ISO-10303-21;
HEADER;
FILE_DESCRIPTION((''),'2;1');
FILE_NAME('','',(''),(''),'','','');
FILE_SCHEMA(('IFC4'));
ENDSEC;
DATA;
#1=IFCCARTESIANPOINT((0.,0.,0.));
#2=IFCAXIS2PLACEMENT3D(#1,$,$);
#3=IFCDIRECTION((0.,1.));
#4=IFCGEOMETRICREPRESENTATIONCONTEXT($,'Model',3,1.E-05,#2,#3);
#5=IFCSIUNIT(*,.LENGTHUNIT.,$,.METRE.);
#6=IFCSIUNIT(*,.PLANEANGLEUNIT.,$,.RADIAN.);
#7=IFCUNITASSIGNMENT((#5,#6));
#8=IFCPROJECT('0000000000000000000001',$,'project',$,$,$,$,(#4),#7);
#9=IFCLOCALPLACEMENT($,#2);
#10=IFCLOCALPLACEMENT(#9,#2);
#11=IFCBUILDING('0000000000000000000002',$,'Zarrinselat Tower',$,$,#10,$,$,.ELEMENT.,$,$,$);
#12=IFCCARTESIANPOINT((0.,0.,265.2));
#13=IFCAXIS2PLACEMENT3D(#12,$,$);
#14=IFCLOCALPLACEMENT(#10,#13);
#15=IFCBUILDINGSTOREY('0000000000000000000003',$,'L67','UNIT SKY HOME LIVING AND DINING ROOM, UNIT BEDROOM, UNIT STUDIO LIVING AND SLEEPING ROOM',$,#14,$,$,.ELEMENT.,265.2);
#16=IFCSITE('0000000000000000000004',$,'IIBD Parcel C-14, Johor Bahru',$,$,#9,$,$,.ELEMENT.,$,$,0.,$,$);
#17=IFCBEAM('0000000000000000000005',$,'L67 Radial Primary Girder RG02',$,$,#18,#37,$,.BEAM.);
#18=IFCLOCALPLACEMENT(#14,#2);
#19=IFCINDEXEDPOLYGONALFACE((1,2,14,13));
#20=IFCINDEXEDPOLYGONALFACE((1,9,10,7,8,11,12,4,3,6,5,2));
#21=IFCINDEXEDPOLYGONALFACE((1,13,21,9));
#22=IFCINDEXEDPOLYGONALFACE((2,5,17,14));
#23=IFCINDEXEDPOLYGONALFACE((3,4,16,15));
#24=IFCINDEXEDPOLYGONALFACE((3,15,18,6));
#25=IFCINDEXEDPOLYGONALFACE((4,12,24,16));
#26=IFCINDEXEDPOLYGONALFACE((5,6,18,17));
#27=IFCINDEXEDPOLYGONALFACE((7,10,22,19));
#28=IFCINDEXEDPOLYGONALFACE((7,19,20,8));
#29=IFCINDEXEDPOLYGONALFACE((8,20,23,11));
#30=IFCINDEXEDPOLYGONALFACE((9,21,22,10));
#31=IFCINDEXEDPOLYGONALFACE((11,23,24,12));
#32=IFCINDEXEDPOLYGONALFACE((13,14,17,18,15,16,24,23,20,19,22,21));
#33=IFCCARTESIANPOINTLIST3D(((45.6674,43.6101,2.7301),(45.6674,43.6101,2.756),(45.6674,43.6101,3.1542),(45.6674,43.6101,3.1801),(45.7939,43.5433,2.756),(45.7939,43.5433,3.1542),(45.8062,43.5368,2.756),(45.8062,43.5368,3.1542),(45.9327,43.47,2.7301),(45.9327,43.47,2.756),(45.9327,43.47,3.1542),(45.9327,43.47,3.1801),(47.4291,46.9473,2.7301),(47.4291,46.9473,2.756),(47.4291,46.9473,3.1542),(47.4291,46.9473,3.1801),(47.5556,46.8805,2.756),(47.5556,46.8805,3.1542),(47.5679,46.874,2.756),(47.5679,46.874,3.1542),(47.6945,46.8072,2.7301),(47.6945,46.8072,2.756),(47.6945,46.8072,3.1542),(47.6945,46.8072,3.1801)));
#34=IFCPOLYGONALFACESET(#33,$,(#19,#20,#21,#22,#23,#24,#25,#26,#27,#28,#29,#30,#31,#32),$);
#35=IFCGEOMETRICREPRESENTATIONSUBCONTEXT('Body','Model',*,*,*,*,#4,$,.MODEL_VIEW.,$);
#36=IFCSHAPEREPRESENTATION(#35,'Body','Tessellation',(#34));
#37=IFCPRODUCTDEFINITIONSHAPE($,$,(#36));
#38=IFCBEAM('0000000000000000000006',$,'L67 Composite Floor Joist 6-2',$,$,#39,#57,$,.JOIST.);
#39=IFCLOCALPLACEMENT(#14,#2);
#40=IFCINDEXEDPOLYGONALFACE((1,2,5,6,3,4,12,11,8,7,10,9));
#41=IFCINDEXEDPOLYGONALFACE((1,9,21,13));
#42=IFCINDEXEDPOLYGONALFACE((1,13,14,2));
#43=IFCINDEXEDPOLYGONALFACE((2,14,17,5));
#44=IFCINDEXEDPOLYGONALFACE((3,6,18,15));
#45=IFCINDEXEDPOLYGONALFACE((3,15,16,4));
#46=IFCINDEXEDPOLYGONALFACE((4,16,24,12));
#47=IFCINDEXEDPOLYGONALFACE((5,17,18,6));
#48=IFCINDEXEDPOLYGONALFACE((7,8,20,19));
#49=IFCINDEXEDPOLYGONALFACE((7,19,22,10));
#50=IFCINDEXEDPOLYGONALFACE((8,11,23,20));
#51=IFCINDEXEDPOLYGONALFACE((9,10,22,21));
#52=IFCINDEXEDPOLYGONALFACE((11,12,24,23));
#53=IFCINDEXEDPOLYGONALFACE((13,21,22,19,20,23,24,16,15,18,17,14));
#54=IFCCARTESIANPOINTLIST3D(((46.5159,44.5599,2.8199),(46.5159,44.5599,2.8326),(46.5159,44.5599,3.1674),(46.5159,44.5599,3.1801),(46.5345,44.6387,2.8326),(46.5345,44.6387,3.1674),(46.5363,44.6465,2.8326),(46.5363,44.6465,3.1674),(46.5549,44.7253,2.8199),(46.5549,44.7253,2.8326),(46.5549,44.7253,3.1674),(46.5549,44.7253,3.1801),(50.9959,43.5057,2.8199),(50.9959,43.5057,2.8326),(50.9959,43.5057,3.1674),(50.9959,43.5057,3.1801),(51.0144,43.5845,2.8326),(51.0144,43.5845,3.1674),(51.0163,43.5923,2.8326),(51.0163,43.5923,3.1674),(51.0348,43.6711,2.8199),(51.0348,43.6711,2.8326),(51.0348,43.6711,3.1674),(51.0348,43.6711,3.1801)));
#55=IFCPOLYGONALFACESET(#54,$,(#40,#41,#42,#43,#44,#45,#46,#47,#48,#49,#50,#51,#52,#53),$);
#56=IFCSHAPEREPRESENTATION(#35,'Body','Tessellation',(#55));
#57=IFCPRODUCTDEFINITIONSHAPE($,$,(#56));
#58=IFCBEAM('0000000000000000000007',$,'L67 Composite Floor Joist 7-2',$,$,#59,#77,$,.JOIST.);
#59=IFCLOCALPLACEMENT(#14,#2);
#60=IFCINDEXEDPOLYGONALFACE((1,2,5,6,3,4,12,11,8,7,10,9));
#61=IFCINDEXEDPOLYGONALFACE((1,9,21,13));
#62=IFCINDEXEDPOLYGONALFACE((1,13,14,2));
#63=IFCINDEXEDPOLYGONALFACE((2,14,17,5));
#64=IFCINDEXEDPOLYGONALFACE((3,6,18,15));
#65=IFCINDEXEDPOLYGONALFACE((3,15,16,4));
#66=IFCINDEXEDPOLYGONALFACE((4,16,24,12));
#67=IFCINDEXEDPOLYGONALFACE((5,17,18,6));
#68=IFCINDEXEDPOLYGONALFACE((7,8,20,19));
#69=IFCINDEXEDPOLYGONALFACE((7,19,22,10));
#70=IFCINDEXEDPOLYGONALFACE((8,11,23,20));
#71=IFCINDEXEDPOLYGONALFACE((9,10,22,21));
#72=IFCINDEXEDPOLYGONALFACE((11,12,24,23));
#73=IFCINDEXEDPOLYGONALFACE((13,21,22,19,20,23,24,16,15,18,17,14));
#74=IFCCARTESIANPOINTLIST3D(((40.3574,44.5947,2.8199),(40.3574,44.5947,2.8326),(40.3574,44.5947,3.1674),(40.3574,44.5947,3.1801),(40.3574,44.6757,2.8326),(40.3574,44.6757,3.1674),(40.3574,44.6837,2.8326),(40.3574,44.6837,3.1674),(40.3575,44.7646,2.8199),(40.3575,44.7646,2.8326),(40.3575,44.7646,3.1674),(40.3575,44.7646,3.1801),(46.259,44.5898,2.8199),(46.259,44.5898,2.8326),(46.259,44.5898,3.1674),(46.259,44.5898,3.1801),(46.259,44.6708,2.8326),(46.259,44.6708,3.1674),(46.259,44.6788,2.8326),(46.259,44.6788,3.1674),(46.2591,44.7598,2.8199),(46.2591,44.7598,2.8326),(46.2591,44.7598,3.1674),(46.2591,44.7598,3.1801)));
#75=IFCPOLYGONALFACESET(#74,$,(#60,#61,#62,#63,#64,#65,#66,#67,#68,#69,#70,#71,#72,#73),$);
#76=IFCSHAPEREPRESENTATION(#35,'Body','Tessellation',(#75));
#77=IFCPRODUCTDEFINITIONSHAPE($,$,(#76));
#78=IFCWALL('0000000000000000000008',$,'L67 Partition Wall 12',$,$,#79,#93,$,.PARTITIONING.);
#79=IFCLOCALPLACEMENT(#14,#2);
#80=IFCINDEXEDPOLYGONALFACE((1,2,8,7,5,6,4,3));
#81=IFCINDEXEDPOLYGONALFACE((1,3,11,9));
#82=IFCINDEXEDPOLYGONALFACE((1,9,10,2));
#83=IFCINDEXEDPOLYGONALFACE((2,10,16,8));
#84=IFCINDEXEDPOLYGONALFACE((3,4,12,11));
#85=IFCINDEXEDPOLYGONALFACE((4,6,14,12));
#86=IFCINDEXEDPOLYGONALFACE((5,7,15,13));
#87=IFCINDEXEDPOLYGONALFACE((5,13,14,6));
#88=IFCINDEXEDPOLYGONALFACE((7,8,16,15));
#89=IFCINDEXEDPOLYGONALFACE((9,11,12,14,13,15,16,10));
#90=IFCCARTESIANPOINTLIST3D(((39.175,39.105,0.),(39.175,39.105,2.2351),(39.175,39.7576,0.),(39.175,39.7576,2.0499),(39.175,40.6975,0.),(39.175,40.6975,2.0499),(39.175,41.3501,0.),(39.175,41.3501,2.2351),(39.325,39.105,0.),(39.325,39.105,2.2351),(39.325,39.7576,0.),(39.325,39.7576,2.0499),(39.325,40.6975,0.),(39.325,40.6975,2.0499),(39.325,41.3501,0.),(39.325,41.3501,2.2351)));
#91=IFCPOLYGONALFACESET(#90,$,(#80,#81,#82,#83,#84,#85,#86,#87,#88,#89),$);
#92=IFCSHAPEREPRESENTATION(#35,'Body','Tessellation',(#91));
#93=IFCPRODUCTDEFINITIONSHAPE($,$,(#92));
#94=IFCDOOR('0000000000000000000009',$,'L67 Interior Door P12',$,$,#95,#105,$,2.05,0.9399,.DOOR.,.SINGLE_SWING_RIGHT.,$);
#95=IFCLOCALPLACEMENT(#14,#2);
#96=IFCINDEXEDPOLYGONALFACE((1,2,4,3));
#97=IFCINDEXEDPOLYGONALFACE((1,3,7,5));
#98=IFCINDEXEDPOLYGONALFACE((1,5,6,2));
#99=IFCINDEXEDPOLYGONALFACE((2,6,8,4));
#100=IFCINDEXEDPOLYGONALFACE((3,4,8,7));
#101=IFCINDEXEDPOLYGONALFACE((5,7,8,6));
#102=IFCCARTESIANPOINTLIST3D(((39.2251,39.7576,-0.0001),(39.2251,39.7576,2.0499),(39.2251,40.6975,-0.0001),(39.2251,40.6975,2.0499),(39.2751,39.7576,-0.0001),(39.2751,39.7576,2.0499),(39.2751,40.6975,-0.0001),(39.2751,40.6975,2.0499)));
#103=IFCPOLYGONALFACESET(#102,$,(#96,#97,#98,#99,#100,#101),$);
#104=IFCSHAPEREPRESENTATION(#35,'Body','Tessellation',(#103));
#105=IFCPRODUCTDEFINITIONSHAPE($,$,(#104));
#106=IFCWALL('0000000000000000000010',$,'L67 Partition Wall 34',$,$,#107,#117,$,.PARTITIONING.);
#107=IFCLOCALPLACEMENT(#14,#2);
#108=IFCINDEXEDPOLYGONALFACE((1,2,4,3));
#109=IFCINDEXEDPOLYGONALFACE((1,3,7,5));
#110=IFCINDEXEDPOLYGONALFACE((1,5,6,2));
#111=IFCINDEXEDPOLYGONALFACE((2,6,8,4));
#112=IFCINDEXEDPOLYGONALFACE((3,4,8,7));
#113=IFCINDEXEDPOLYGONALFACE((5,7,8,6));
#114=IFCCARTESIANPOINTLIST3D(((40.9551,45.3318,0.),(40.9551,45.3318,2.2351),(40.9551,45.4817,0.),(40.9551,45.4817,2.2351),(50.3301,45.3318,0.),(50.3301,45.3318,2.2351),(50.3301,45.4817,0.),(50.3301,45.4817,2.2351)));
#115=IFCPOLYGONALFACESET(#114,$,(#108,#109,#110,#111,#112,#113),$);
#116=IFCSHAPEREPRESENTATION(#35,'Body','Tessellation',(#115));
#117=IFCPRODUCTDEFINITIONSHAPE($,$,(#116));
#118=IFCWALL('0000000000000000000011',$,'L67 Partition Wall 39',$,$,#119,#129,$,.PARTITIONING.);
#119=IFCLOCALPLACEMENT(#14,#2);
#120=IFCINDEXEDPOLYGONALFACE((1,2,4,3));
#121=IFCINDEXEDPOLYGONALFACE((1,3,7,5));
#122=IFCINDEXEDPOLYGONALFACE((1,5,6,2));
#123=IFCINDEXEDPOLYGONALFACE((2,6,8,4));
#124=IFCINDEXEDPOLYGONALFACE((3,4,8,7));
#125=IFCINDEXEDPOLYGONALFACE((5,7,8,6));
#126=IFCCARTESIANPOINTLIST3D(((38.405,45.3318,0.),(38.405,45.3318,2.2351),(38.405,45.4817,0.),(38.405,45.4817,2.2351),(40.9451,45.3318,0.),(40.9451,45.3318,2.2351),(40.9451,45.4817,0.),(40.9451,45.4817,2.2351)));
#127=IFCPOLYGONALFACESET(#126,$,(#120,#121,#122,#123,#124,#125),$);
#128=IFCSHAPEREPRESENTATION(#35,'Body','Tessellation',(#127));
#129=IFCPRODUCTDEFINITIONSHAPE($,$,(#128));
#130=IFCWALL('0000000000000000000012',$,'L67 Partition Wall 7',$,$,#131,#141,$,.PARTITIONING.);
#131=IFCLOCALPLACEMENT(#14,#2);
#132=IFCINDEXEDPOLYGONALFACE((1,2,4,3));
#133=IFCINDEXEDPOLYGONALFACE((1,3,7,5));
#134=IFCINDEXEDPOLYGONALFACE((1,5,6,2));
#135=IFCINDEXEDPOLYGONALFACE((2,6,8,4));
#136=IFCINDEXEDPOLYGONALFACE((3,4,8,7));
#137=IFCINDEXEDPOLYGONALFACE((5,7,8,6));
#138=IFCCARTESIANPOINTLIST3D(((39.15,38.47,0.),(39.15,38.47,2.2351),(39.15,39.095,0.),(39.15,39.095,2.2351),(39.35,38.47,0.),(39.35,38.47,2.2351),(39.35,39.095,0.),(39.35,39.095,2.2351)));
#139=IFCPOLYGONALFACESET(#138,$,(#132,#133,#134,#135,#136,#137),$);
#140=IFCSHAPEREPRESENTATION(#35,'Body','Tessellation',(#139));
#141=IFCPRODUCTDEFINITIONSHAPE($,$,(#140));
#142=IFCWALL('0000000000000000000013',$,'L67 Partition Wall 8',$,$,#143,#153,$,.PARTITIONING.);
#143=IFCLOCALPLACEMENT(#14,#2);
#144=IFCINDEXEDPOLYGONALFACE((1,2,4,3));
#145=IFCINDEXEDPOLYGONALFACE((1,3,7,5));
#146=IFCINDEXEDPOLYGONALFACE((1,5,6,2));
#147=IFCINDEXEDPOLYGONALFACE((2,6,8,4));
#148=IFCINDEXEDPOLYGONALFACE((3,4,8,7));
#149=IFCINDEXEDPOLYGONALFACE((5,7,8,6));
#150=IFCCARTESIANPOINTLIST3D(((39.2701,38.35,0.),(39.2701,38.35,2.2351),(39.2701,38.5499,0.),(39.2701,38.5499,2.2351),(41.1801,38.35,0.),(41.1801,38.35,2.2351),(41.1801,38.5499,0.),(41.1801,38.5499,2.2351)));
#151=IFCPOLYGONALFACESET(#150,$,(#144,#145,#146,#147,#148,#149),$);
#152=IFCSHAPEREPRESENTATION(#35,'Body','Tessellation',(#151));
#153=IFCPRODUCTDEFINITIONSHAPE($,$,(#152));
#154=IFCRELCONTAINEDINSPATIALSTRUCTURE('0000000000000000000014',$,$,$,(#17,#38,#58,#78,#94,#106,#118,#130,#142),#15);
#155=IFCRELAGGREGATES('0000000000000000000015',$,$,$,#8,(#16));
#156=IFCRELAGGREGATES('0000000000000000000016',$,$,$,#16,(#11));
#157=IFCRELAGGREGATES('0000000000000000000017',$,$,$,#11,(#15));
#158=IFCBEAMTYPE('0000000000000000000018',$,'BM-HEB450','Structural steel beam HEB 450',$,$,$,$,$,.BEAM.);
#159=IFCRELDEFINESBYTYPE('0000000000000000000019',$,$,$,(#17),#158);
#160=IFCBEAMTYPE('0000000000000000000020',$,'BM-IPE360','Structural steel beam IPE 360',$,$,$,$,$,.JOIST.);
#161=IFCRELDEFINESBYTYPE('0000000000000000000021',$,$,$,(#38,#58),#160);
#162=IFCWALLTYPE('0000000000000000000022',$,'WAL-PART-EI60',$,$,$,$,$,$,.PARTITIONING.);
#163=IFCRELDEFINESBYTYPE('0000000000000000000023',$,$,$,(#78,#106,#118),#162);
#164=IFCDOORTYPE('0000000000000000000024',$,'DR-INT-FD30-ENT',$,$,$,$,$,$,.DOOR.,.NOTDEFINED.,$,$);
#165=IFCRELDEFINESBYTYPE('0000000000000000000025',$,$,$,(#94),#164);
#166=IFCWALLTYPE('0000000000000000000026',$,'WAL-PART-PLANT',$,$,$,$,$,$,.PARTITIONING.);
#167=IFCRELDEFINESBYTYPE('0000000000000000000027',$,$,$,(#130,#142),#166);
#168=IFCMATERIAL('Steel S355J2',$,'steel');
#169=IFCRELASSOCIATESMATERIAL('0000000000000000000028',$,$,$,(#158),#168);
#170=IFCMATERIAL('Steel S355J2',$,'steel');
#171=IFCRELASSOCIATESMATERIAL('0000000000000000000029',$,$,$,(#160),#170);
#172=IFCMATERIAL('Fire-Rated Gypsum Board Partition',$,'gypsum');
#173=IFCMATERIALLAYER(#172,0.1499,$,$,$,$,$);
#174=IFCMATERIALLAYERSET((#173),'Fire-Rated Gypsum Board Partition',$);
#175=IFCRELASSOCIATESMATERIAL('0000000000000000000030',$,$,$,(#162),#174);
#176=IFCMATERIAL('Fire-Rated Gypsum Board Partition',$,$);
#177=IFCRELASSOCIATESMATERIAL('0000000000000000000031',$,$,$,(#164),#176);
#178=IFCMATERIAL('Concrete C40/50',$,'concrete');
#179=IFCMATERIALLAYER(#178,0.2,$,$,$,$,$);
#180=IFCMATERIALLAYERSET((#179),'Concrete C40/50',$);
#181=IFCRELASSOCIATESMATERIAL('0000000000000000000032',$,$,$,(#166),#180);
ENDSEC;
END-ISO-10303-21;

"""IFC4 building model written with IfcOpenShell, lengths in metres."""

from ifc_helpers import new_model, si_unit, direction, frame, frame_2d, origin, origin_2d, place, context, subcontext, project, spatial, rectangle, i_section, extrude, material, layer, layer_set, material_profile, profile_set, type_object, element, fill, save


model = new_model("IFC4")

# Units and contexts
model_context = context("Model", 3, precision=1e-05, world=origin(), true_north=direction((0.0, 1.0)))
body_context = subcontext(model_context, "Body", "Model", "MODEL_VIEW")
ifc_project = project(units=[si_unit("LENGTHUNIT", "METRE"), si_unit("PLANEANGLEUNIT", "RADIAN")], contexts=[model_context])

# Site, building, storey
site_placement = place(None, origin())
site = spatial("IfcSite", under=ifc_project, at=site_placement, Name="IIBD Parcel C-14, Johor Bahru", CompositionType="ELEMENT", RefElevation=0.0)
building_placement = place(site_placement, origin())
building = spatial("IfcBuilding", under=site, at=building_placement, Name="Zarrinselat Tower", CompositionType="ELEMENT")
storey_placement = place(building_placement, frame((0.0, 0.0, 265.2)))
storey = spatial("IfcBuildingStorey", under=building, at=storey_placement, Name="L67", Description="UNIT SKY HOME LIVING AND DINING ROOM, UNIT BEDROOM, UNIT STUDIO LIVING AND SLEEPING ROOM", CompositionType="ELEMENT", Elevation=265.2)

# Beams
ifc_material_1 = material(Name="Steel S355J2", Category="steel")
ifc_material_profile_1 = material_profile(ifc_material_1, i_section(OverallWidth=0.3, OverallDepth=0.45, WebThickness=0.0139, FlangeThickness=0.0259, at=origin_2d()), Name="HEB 450")
ifc_profile_set_1 = profile_set([ifc_material_profile_1], Name="Steel S355J2")
beam_type_1 = type_object("IfcBeamType", Name="BM-HEB450", Description="Structural steel beam HEB 450", PredefinedType="BEAM", material=ifc_profile_set_1)
beam_1_placement = place(storey_placement, frame((45.8, 43.54, 2.9551), z_axis=(0.46685, 0.884337, 0.0), x_axis=(-0.884337, 0.46685, 0.0)))
element("IfcBeam", 1, at=beam_1_placement, inside=storey, type_object=beam_type_1, Name="L67 Radial Primary Girder RG02", PredefinedType="BEAM", context=body_context, shape_type="SweptSolid", body=[
    extrude(i_section(OverallWidth=0.3, OverallDepth=0.45, WebThickness=0.0139, FlangeThickness=0.0259, at=origin_2d()), origin(), (0.0, 0.0, 1.0), 3.7737),
])
ifc_material_2 = material(Name="Steel S355J2", Category="steel")
ifc_material_profile_2 = material_profile(ifc_material_2, i_section(OverallWidth=0.1699, OverallDepth=0.3601, WebThickness=0.0081, FlangeThickness=0.0127, at=origin_2d()), Name="IPE 360")
ifc_profile_set_2 = profile_set([ifc_material_profile_2], Name="Steel S355J2")
beam_type_2 = type_object("IfcBeamType", Name="BM-IPE360", Description="Structural steel beam IPE 360", PredefinedType="JOIST", material=ifc_profile_set_2)
beam_2_placement = place(storey_placement, frame((46.5354, 44.6426, 3.0), z_axis=(0.973413, -0.229057, 0.0), x_axis=(0.229057, 0.973413, 0.0)))
element("IfcBeam", 2, at=beam_2_placement, inside=storey, type_object=beam_type_2, Name="L67 Composite Floor Joist 6-2", PredefinedType="JOIST", context=body_context, shape_type="SweptSolid", body=[
    extrude(i_section(OverallWidth=0.1699, OverallDepth=0.3601, WebThickness=0.0081, FlangeThickness=0.0127, at=origin_2d()), origin(), (0.0, 0.0, 1.0), 4.6023),
])
beam_3_placement = place(storey_placement, frame((40.3574, 44.6797, 3.0), z_axis=(1.0, -0.000827, 0.0), x_axis=(0.000827, 1.0, 0.0)))
element("IfcBeam", 3, at=beam_3_placement, inside=storey, type_object=beam_type_2, Name="L67 Composite Floor Joist 7-2", PredefinedType="JOIST", context=body_context, shape_type="SweptSolid", body=[
    extrude(i_section(OverallWidth=0.1699, OverallDepth=0.3601, WebThickness=0.0081, FlangeThickness=0.0127, at=origin_2d()), origin(), (0.0, 0.0, 1.0), 5.9016),
])

# Wall, opening, door
ifc_material_3 = material(Name="Fire-Rated Gypsum Board Partition", Category="gypsum")
ifc_layer_1 = layer(ifc_material_3, 0.1499)
ifc_layer_set_1 = layer_set([ifc_layer_1], Name="Fire-Rated Gypsum Board Partition")
wall_type_1 = type_object("IfcWallType", Name="WAL-PART-EI60", PredefinedType="PARTITIONING", material=ifc_layer_set_1)
wall_1_placement = place(storey_placement, frame((39.25, 39.105, 0.0), z_axis=(0.0, 0.0, 1.0), x_axis=(0.0, 1.0, 0.0)))
wall_1 = element("IfcWall", 4, at=wall_1_placement, inside=storey, type_object=wall_type_1, Name="L67 Partition Wall 12", PredefinedType="PARTITIONING", context=body_context, shape_type="SweptSolid", body=[
    extrude(rectangle(XDim=2.2451, YDim=0.1499, at=frame_2d((1.1226, 0.0))), origin(), (0.0, 0.0, 1.0), 2.2351),
])
opening_1_placement = place(wall_1_placement, frame((0.6526, 0.0, 0.0)))
opening_1 = element("IfcOpeningElement", 5, at=opening_1_placement, cuts=wall_1, PredefinedType="OPENING", context=body_context, shape_type="SweptSolid", body=[
    extrude(rectangle(XDim=0.9399, YDim=2.05, at=frame_2d((0.47, 1.0249))), frame((0.0, 0.085, 0.0), z_axis=(0.0, -1.0, 0.0), x_axis=(1.0, 0.0, 0.0)), (0.0, 0.0, 1.0), 0.1699),
])
ifc_material_4 = material(Name="Fire-Rated Gypsum Board Partition")
door_type_1 = type_object("IfcDoorType", Name="DR-INT-FD30-ENT", OperationType="NOTDEFINED", PredefinedType="DOOR", material=ifc_material_4)
door_1_placement = place(opening_1_placement, origin())
door_1 = element("IfcDoor", 6, at=door_1_placement, inside=storey, type_object=door_type_1, Name="L67 Interior Door P12", OperationType="SINGLE_SWING_RIGHT", OverallHeight=2.05, OverallWidth=0.9399, PredefinedType="DOOR", context=body_context, shape_type="SweptSolid", body=[
    extrude(rectangle(XDim=0.9399, YDim=2.05, at=frame_2d((0.47, 1.0249))), frame((0.0, 0.0249, 0.0), z_axis=(0.0, -1.0, 0.0), x_axis=(1.0, 0.0, 0.0)), (0.0, 0.0, 1.0), 0.05),
])
fill(opening_1, door_1)

# Walls
wall_2_placement = place(storey_placement, frame((40.9551, 45.4067, 0.0), z_axis=(0.0, 0.0, 1.0), x_axis=(1.0, 0.0, 0.0)))
element("IfcWall", 7, at=wall_2_placement, inside=storey, type_object=wall_type_1, Name="L67 Partition Wall 34", PredefinedType="PARTITIONING", context=body_context, shape_type="SweptSolid", body=[
    extrude(rectangle(XDim=9.375, YDim=0.1499, at=frame_2d((4.6875, 0.0))), origin(), (0.0, 0.0, 1.0), 2.2351),
])
wall_3_placement = place(storey_placement, frame((38.405, 45.4067, 0.0), z_axis=(0.0, 0.0, 1.0), x_axis=(1.0, 0.0, 0.0)))
element("IfcWall", 8, at=wall_3_placement, inside=storey, type_object=wall_type_1, Name="L67 Partition Wall 39", PredefinedType="PARTITIONING", context=body_context, shape_type="SweptSolid", body=[
    extrude(rectangle(XDim=2.54, YDim=0.1499, at=frame_2d((1.27, 0.0))), origin(), (0.0, 0.0, 1.0), 2.2351),
])
ifc_material_5 = material(Name="Concrete C40/50", Category="concrete")
ifc_layer_2 = layer(ifc_material_5, 0.2)
ifc_layer_set_2 = layer_set([ifc_layer_2], Name="Concrete C40/50")
wall_type_2 = type_object("IfcWallType", Name="WAL-PART-PLANT", PredefinedType="PARTITIONING", material=ifc_layer_set_2)
wall_4_placement = place(storey_placement, frame((39.25, 38.47, 0.0), z_axis=(0.0, 0.0, 1.0), x_axis=(0.0, 1.0, 0.0)))
element("IfcWall", 9, at=wall_4_placement, inside=storey, type_object=wall_type_2, Name="L67 Partition Wall 7", PredefinedType="PARTITIONING", context=body_context, shape_type="SweptSolid", body=[
    extrude(rectangle(XDim=0.625, YDim=0.2, at=frame_2d((0.3125, 0.0))), origin(), (0.0, 0.0, 1.0), 2.2351),
])
wall_5_placement = place(storey_placement, frame((39.27, 38.45, 0.0), z_axis=(0.0, 0.0, 1.0), x_axis=(1.0, 0.0, 0.0)))
element("IfcWall", 10, at=wall_5_placement, inside=storey, type_object=wall_type_2, Name="L67 Partition Wall 8", PredefinedType="PARTITIONING", context=body_context, shape_type="SweptSolid", body=[
    extrude(rectangle(XDim=1.9099, YDim=0.2, at=frame_2d((0.9551, 0.0))), origin(), (0.0, 0.0, 1.0), 2.2351),
])

save(model, "model.ifc")
